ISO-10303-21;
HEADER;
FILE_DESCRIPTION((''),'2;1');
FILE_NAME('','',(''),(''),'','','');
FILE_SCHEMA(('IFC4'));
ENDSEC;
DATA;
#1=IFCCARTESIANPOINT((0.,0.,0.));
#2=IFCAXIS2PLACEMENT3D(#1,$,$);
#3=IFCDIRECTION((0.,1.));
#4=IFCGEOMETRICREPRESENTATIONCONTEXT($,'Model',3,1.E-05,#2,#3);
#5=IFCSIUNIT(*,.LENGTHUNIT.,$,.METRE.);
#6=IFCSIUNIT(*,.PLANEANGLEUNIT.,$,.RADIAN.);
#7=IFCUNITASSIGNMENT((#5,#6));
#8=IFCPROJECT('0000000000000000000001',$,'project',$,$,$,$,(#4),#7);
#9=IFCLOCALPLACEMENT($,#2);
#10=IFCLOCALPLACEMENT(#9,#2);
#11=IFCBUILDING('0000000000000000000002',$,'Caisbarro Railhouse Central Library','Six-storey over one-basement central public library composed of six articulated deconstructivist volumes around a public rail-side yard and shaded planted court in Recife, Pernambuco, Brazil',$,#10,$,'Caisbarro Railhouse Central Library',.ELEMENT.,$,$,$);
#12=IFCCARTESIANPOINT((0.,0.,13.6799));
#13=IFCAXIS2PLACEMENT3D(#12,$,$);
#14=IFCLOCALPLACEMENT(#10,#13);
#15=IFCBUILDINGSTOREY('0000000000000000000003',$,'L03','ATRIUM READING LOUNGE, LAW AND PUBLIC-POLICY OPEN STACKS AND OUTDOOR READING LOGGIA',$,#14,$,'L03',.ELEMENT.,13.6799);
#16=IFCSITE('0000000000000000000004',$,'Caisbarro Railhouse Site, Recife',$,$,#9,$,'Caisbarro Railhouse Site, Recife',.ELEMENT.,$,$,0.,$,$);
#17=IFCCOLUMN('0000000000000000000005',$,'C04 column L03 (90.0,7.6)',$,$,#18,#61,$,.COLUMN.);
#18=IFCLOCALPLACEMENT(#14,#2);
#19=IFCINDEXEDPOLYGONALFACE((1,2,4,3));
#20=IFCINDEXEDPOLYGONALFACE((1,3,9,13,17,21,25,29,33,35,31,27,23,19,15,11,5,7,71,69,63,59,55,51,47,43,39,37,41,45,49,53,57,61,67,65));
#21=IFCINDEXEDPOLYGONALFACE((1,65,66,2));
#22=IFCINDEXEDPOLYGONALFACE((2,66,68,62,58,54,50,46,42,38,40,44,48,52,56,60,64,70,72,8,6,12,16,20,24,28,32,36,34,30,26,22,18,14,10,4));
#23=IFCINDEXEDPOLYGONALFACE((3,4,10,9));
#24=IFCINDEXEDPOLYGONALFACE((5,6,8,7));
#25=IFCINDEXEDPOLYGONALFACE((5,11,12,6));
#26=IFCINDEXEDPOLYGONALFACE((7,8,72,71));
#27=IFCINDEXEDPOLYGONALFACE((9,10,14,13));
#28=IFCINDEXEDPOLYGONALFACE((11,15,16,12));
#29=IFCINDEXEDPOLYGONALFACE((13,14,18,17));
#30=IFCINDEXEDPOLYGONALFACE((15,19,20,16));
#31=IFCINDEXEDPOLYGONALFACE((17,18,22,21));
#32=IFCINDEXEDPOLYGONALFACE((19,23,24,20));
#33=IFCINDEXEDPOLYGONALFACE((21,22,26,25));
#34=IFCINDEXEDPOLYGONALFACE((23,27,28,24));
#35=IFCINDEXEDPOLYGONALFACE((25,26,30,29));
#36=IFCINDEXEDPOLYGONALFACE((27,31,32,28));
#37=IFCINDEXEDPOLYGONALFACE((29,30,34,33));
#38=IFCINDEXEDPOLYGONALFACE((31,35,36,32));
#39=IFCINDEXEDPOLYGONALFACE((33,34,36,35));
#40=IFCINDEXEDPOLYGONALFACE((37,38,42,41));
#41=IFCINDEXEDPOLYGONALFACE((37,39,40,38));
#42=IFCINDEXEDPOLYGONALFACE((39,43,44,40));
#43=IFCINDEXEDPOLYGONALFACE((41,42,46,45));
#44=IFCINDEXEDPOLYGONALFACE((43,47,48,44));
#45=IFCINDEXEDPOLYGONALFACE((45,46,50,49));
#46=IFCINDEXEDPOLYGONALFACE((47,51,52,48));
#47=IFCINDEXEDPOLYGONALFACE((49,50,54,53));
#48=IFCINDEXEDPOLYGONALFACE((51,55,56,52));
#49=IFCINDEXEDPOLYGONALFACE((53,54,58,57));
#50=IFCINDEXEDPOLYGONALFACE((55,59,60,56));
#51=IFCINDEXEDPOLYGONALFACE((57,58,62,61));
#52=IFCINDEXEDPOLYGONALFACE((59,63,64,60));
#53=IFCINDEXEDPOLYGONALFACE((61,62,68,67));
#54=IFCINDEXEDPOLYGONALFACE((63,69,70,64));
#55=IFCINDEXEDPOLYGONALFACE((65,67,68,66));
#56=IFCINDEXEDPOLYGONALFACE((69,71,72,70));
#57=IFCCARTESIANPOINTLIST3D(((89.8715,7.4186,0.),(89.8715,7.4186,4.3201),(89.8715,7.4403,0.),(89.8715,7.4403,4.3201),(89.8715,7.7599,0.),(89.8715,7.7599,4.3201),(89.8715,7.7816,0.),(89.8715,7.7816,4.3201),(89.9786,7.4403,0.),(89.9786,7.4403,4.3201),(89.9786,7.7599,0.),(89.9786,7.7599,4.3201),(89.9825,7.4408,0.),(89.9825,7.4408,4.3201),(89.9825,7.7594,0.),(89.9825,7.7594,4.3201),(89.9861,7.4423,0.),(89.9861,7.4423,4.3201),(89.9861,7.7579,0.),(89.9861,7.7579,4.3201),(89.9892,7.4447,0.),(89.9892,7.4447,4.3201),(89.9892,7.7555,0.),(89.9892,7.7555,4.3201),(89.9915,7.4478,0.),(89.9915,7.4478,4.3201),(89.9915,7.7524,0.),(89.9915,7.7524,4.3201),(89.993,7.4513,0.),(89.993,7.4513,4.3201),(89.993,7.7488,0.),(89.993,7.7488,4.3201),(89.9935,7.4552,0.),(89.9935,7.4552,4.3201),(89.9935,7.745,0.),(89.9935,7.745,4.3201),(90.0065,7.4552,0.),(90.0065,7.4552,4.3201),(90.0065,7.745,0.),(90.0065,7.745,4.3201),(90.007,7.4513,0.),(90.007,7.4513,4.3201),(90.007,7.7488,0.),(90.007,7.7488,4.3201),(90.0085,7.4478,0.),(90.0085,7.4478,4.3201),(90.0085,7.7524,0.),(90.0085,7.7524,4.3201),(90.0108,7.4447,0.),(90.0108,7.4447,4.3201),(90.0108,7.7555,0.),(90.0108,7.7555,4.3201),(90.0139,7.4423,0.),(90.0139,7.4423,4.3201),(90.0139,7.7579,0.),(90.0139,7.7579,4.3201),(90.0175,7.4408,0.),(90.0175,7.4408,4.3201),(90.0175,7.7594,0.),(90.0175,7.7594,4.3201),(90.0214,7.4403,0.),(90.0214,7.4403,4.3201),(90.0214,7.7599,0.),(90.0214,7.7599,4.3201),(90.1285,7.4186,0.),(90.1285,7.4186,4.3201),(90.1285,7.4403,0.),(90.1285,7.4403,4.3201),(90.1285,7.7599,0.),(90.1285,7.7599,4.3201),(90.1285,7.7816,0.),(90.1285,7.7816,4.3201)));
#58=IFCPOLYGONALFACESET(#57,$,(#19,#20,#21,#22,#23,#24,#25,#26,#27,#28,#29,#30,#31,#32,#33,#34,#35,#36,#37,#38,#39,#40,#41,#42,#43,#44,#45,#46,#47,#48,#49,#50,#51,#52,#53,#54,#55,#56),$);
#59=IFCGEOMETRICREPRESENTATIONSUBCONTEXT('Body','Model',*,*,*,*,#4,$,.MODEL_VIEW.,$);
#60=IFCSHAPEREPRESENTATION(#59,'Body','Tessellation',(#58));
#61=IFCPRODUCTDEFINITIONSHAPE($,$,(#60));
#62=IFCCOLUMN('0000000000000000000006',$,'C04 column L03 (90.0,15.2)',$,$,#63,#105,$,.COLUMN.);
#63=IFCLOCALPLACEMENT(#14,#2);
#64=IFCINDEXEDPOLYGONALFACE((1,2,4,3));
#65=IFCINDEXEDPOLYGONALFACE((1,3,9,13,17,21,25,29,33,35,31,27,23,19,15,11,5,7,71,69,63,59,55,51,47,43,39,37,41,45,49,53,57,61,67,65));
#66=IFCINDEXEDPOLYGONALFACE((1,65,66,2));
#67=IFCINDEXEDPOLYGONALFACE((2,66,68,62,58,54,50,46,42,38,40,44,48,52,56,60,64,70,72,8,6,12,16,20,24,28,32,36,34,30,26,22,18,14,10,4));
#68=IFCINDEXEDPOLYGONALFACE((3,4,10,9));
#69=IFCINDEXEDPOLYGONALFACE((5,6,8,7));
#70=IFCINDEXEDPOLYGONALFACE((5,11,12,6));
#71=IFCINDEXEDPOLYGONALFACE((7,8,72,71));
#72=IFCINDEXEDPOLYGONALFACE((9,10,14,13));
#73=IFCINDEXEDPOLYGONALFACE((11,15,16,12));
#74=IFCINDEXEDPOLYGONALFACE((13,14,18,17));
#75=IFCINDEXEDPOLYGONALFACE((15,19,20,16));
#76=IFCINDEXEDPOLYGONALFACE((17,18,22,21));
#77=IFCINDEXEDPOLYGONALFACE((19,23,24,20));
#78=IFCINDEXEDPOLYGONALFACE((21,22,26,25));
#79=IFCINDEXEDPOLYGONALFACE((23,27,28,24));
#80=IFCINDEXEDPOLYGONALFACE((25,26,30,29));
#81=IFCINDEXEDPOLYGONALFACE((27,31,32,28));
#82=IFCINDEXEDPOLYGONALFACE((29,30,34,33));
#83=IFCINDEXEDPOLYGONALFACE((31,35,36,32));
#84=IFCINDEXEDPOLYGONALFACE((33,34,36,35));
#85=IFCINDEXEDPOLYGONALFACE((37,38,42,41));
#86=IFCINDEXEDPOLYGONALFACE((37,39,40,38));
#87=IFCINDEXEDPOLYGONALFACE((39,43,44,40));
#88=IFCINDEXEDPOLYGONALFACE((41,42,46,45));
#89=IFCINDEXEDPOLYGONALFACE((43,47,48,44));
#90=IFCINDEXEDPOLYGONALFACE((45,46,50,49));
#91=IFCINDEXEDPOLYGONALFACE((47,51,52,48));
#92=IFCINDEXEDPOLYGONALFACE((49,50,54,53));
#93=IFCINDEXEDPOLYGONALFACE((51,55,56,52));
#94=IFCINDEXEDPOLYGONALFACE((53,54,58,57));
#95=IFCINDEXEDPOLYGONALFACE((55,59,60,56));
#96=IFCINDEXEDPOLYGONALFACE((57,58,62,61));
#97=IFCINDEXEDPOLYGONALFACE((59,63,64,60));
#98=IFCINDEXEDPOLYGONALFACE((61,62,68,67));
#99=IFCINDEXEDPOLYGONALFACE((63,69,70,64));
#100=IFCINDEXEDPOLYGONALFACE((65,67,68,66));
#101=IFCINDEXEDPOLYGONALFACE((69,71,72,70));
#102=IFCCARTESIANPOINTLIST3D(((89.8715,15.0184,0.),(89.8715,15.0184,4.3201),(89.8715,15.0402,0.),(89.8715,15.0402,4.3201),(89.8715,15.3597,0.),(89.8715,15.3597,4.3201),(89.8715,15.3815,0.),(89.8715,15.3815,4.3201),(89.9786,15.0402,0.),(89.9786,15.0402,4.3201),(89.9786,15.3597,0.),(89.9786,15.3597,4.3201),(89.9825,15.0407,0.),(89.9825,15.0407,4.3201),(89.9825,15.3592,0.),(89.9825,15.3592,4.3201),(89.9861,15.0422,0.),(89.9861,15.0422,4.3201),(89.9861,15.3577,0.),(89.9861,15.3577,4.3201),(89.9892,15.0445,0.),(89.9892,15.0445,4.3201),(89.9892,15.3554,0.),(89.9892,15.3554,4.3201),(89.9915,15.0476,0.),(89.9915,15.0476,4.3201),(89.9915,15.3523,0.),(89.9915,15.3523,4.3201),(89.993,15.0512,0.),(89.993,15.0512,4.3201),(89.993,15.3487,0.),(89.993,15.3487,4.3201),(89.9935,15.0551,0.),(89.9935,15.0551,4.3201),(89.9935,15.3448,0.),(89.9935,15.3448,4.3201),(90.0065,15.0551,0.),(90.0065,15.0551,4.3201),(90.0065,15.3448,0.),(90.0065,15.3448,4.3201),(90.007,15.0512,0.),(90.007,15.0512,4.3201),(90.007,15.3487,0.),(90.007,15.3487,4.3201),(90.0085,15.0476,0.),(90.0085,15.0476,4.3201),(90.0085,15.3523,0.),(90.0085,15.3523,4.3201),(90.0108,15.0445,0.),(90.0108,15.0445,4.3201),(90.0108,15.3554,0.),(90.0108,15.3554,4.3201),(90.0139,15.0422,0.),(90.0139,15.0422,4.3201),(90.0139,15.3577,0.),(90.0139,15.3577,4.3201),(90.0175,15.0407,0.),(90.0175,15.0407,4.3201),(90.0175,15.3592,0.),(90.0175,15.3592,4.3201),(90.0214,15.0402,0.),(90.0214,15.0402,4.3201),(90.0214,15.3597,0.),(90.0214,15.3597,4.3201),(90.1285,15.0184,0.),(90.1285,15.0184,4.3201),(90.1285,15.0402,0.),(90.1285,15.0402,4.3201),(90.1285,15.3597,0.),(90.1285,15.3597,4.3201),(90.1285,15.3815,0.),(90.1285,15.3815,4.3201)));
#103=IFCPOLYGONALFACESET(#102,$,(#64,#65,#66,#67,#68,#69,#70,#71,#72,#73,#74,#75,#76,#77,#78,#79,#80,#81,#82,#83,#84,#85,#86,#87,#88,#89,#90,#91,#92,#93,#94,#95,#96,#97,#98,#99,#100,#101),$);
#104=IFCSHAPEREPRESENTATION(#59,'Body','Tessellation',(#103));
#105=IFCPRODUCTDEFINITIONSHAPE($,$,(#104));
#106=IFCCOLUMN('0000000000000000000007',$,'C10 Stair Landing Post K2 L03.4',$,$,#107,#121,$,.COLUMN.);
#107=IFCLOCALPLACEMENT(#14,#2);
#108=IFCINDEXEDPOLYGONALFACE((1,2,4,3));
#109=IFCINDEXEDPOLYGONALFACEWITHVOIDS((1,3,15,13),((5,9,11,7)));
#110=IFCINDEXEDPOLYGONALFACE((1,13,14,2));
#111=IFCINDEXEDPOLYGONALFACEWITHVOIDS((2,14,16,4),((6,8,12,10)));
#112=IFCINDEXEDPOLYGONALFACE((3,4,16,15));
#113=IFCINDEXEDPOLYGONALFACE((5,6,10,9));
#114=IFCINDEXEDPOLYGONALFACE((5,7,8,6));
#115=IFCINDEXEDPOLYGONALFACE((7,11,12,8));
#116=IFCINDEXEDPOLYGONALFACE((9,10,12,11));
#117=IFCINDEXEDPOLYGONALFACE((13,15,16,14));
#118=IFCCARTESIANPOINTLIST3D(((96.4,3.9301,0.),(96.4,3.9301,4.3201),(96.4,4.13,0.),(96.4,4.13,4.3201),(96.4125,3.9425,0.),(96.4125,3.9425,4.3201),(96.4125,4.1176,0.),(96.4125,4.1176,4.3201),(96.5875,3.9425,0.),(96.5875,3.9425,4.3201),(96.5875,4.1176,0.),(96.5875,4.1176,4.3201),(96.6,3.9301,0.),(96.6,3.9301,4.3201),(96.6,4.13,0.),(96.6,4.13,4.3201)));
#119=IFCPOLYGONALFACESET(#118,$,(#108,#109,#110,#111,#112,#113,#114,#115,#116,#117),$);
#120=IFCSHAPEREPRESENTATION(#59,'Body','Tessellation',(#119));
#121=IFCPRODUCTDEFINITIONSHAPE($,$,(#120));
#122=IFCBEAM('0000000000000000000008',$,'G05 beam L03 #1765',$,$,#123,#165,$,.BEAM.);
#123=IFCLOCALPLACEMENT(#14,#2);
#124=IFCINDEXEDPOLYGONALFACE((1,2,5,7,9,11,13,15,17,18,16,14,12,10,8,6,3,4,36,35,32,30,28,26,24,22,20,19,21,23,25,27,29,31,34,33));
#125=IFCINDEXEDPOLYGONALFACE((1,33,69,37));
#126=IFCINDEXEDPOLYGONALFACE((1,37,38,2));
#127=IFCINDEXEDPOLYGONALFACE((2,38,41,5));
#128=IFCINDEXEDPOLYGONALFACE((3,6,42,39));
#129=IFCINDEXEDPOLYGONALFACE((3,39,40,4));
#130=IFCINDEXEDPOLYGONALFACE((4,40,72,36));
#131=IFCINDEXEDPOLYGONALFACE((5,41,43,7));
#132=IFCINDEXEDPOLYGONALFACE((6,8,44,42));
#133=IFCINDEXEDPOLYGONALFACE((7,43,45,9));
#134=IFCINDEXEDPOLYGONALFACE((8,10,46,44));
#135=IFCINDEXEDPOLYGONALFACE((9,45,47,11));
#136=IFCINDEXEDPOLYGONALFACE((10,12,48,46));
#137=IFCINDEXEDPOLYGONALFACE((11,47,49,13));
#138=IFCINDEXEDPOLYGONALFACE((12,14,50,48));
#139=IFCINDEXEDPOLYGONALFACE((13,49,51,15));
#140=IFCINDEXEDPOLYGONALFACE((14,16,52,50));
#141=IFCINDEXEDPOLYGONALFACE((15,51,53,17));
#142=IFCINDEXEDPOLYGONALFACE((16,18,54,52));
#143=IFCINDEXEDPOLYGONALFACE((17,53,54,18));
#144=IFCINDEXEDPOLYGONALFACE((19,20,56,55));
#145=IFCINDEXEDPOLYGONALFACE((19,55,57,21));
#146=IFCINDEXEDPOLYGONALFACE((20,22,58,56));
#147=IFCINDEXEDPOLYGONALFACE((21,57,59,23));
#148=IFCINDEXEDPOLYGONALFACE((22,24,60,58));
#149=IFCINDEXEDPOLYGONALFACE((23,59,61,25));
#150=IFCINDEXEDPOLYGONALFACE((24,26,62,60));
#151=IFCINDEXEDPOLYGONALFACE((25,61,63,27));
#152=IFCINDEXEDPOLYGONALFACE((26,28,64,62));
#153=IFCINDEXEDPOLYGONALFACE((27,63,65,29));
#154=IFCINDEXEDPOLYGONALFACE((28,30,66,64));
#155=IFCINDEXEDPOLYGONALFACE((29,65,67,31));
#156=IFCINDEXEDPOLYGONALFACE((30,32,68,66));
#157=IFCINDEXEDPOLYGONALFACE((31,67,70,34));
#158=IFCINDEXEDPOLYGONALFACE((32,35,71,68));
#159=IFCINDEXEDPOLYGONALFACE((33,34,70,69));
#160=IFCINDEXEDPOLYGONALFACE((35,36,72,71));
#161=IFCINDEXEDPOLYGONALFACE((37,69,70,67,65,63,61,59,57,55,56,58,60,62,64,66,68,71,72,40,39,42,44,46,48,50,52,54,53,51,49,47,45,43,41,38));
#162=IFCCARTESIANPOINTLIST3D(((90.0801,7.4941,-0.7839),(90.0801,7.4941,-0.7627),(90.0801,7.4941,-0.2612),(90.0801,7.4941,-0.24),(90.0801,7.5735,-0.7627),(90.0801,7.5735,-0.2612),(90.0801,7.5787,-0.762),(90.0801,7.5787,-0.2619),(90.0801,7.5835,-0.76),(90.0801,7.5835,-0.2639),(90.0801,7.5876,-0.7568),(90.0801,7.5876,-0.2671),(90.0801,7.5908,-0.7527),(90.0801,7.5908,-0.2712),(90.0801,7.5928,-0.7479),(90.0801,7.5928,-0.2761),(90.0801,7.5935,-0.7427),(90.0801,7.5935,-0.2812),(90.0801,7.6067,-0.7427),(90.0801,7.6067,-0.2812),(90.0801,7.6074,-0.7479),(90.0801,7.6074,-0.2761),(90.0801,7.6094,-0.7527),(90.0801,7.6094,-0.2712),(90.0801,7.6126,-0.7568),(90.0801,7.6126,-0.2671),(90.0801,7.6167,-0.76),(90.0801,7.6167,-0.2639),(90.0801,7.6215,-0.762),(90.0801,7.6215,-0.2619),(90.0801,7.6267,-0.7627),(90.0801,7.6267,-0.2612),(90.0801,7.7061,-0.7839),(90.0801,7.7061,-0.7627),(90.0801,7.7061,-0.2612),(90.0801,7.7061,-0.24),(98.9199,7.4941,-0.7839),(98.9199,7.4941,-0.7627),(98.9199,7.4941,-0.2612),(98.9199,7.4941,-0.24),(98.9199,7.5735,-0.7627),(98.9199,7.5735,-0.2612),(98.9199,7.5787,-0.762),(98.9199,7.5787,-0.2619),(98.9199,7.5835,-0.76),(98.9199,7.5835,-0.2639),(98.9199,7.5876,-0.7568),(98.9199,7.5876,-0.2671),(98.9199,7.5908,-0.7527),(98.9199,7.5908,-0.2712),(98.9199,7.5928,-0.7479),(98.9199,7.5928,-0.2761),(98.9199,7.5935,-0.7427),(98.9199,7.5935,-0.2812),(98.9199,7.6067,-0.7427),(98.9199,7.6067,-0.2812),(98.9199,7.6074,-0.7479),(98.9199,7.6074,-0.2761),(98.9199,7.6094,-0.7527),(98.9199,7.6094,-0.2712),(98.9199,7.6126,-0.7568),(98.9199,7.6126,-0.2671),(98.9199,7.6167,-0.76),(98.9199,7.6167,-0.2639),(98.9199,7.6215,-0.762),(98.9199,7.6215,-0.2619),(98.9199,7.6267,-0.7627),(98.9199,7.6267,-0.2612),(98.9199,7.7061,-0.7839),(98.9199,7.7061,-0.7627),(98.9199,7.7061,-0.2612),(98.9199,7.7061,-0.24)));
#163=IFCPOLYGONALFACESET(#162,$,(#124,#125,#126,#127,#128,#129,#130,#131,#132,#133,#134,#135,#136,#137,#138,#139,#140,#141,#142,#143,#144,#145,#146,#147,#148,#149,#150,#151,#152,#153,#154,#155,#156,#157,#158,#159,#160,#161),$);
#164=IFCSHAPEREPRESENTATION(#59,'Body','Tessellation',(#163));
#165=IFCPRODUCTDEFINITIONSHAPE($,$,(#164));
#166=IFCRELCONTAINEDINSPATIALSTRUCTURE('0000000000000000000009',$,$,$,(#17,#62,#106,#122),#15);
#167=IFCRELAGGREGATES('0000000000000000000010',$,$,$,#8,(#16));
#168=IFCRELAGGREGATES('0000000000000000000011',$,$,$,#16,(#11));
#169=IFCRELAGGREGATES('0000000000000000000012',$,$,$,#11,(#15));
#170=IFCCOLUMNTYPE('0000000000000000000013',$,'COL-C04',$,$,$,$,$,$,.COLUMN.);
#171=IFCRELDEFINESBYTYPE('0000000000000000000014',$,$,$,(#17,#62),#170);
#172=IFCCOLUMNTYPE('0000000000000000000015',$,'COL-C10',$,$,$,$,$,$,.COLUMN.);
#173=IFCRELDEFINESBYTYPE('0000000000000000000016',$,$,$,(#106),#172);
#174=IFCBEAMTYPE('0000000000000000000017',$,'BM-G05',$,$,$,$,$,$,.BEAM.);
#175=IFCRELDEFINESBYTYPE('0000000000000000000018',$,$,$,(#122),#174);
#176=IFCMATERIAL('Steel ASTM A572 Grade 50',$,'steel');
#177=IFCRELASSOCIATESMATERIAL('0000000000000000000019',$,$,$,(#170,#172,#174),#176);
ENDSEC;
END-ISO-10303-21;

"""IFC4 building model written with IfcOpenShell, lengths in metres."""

from ifc_helpers import new_model, si_unit, direction, frame, origin, origin_2d, place, context, subcontext, project, spatial, hollow_rectangle, i_section, extrude, material, material_profile, profile_set, type_object, element, save


model = new_model("IFC4")

# Units and contexts
model_context = context("Model", 3, precision=1e-05, world=origin(), true_north=direction((0.0, 1.0)))
body_context = subcontext(model_context, "Body", "Model", "MODEL_VIEW")
ifc_project = project(units=[si_unit("LENGTHUNIT", "METRE"), si_unit("PLANEANGLEUNIT", "RADIAN")], contexts=[model_context])

# Site, building, storey
site_placement = place(None, origin())
site = spatial("IfcSite", under=ifc_project, at=site_placement, Name="Caisbarro Railhouse Site, Recife", LongName="Caisbarro Railhouse Site, Recife", CompositionType="ELEMENT", RefElevation=0.0)
building_placement = place(site_placement, origin())
building = spatial("IfcBuilding", under=site, at=building_placement, Name="Caisbarro Railhouse Central Library", Description="Six-storey over one-basement central public library composed of six articulated deconstructivist volumes around a public rail-side yard and shaded planted court in Recife, Pernambuco, Brazil", LongName="Caisbarro Railhouse Central Library", CompositionType="ELEMENT")
storey_placement = place(building_placement, frame((0.0, 0.0, 13.6799)))
storey = spatial("IfcBuildingStorey", under=building, at=storey_placement, Name="L03", Description="ATRIUM READING LOUNGE, LAW AND PUBLIC-POLICY OPEN STACKS AND OUTDOOR READING LOGGIA", LongName="L03", CompositionType="ELEMENT", Elevation=13.6799)

# Columns
ifc_material_1 = material(Name="Steel ASTM A572 Grade 50", Category="steel")
ifc_material_profile_1 = material_profile(ifc_material_1, i_section(OverallWidth=0.2571, OverallDepth=0.363, WebThickness=0.0129, FlangeThickness=0.0217, FilletRadius=0.0149, at=origin_2d()), Name="W360X122.0")
ifc_profile_set_1 = profile_set([ifc_material_profile_1], Name="Steel ASTM A572 Grade 50")
column_type_1 = type_object("IfcColumnType", Name="COL-C04", PredefinedType="COLUMN", material=ifc_profile_set_1)
for number, where, z_axis, x_axis, name in (
    (1, (90.0, 7.6001, 0.0), (0.0, 0.0, 1.0), (1.0, 0.0, 0.0), "C04 column L03 (90.0,7.6)"),
    (2, (90.0, 15.2, 0.0), (0.0, 0.0, 1.0), (1.0, 0.0, 0.0), "C04 column L03 (90.0,15.2)"),
):
    element("IfcColumn", number, at=place(storey_placement, frame(where, z_axis=z_axis, x_axis=x_axis)), inside=storey, type_object=column_type_1, Name=name, PredefinedType="COLUMN", context=body_context, shape_type="SweptSolid", body=[
        extrude(i_section(OverallWidth=0.2571, OverallDepth=0.363, WebThickness=0.0129, FlangeThickness=0.0217, FilletRadius=0.0149, at=origin_2d()), origin(), (0.0, 0.0, 1.0), 4.3201),
    ])
ifc_material_profile_2 = material_profile(ifc_material_1, hollow_rectangle(XDim=0.2, YDim=0.2, WallThickness=0.0125, at=origin_2d()), Name="HSS200X200X12.5")
ifc_profile_set_2 = profile_set([ifc_material_profile_2], Name="Steel ASTM A572 Grade 50")
column_type_2 = type_object("IfcColumnType", Name="COL-C10", PredefinedType="COLUMN", material=ifc_profile_set_2)
column_placement = place(storey_placement, frame((96.5, 4.03, 0.0), z_axis=(0.0, 0.0, 1.0), x_axis=(1.0, 0.0, 0.0)))
element("IfcColumn", 3, at=column_placement, inside=storey, type_object=column_type_2, Name="C10 Stair Landing Post K2 L03.4", PredefinedType="COLUMN", context=body_context, shape_type="SweptSolid", body=[
    extrude(hollow_rectangle(XDim=0.2, YDim=0.2, WallThickness=0.0125, at=origin_2d()), origin(), (0.0, 0.0, 1.0), 4.3201),
])

# Beam
ifc_material_profile_3 = material_profile(ifc_material_1, i_section(OverallWidth=0.2119, OverallDepth=0.5439, WebThickness=0.0132, FlangeThickness=0.0212, FilletRadius=0.02, at=origin_2d()), Name="W530X123.0")
ifc_profile_set_3 = profile_set([ifc_material_profile_3], Name="Steel ASTM A572 Grade 50")
beam_type_1 = type_object("IfcBeamType", Name="BM-G05", PredefinedType="BEAM", material=ifc_profile_set_3)
for number, where, z_axis, x_axis, name in (
    (4, (90.0801, 7.6001, -0.512), (1.0, 0.0, 0.0), (0.0, 1.0, 0.0), "G05 beam L03 #1765"),
):
    element("IfcBeam", number, at=place(storey_placement, frame(where, z_axis=z_axis, x_axis=x_axis)), inside=storey, type_object=beam_type_1, Name=name, PredefinedType="BEAM", context=body_context, shape_type="SweptSolid", body=[
        extrude(i_section(OverallWidth=0.2119, OverallDepth=0.5439, WebThickness=0.0132, FlangeThickness=0.0212, FilletRadius=0.02, at=origin_2d()), origin(), (0.0, 0.0, 1.0), 8.8398),
    ])

save(model, "model.ifc")
